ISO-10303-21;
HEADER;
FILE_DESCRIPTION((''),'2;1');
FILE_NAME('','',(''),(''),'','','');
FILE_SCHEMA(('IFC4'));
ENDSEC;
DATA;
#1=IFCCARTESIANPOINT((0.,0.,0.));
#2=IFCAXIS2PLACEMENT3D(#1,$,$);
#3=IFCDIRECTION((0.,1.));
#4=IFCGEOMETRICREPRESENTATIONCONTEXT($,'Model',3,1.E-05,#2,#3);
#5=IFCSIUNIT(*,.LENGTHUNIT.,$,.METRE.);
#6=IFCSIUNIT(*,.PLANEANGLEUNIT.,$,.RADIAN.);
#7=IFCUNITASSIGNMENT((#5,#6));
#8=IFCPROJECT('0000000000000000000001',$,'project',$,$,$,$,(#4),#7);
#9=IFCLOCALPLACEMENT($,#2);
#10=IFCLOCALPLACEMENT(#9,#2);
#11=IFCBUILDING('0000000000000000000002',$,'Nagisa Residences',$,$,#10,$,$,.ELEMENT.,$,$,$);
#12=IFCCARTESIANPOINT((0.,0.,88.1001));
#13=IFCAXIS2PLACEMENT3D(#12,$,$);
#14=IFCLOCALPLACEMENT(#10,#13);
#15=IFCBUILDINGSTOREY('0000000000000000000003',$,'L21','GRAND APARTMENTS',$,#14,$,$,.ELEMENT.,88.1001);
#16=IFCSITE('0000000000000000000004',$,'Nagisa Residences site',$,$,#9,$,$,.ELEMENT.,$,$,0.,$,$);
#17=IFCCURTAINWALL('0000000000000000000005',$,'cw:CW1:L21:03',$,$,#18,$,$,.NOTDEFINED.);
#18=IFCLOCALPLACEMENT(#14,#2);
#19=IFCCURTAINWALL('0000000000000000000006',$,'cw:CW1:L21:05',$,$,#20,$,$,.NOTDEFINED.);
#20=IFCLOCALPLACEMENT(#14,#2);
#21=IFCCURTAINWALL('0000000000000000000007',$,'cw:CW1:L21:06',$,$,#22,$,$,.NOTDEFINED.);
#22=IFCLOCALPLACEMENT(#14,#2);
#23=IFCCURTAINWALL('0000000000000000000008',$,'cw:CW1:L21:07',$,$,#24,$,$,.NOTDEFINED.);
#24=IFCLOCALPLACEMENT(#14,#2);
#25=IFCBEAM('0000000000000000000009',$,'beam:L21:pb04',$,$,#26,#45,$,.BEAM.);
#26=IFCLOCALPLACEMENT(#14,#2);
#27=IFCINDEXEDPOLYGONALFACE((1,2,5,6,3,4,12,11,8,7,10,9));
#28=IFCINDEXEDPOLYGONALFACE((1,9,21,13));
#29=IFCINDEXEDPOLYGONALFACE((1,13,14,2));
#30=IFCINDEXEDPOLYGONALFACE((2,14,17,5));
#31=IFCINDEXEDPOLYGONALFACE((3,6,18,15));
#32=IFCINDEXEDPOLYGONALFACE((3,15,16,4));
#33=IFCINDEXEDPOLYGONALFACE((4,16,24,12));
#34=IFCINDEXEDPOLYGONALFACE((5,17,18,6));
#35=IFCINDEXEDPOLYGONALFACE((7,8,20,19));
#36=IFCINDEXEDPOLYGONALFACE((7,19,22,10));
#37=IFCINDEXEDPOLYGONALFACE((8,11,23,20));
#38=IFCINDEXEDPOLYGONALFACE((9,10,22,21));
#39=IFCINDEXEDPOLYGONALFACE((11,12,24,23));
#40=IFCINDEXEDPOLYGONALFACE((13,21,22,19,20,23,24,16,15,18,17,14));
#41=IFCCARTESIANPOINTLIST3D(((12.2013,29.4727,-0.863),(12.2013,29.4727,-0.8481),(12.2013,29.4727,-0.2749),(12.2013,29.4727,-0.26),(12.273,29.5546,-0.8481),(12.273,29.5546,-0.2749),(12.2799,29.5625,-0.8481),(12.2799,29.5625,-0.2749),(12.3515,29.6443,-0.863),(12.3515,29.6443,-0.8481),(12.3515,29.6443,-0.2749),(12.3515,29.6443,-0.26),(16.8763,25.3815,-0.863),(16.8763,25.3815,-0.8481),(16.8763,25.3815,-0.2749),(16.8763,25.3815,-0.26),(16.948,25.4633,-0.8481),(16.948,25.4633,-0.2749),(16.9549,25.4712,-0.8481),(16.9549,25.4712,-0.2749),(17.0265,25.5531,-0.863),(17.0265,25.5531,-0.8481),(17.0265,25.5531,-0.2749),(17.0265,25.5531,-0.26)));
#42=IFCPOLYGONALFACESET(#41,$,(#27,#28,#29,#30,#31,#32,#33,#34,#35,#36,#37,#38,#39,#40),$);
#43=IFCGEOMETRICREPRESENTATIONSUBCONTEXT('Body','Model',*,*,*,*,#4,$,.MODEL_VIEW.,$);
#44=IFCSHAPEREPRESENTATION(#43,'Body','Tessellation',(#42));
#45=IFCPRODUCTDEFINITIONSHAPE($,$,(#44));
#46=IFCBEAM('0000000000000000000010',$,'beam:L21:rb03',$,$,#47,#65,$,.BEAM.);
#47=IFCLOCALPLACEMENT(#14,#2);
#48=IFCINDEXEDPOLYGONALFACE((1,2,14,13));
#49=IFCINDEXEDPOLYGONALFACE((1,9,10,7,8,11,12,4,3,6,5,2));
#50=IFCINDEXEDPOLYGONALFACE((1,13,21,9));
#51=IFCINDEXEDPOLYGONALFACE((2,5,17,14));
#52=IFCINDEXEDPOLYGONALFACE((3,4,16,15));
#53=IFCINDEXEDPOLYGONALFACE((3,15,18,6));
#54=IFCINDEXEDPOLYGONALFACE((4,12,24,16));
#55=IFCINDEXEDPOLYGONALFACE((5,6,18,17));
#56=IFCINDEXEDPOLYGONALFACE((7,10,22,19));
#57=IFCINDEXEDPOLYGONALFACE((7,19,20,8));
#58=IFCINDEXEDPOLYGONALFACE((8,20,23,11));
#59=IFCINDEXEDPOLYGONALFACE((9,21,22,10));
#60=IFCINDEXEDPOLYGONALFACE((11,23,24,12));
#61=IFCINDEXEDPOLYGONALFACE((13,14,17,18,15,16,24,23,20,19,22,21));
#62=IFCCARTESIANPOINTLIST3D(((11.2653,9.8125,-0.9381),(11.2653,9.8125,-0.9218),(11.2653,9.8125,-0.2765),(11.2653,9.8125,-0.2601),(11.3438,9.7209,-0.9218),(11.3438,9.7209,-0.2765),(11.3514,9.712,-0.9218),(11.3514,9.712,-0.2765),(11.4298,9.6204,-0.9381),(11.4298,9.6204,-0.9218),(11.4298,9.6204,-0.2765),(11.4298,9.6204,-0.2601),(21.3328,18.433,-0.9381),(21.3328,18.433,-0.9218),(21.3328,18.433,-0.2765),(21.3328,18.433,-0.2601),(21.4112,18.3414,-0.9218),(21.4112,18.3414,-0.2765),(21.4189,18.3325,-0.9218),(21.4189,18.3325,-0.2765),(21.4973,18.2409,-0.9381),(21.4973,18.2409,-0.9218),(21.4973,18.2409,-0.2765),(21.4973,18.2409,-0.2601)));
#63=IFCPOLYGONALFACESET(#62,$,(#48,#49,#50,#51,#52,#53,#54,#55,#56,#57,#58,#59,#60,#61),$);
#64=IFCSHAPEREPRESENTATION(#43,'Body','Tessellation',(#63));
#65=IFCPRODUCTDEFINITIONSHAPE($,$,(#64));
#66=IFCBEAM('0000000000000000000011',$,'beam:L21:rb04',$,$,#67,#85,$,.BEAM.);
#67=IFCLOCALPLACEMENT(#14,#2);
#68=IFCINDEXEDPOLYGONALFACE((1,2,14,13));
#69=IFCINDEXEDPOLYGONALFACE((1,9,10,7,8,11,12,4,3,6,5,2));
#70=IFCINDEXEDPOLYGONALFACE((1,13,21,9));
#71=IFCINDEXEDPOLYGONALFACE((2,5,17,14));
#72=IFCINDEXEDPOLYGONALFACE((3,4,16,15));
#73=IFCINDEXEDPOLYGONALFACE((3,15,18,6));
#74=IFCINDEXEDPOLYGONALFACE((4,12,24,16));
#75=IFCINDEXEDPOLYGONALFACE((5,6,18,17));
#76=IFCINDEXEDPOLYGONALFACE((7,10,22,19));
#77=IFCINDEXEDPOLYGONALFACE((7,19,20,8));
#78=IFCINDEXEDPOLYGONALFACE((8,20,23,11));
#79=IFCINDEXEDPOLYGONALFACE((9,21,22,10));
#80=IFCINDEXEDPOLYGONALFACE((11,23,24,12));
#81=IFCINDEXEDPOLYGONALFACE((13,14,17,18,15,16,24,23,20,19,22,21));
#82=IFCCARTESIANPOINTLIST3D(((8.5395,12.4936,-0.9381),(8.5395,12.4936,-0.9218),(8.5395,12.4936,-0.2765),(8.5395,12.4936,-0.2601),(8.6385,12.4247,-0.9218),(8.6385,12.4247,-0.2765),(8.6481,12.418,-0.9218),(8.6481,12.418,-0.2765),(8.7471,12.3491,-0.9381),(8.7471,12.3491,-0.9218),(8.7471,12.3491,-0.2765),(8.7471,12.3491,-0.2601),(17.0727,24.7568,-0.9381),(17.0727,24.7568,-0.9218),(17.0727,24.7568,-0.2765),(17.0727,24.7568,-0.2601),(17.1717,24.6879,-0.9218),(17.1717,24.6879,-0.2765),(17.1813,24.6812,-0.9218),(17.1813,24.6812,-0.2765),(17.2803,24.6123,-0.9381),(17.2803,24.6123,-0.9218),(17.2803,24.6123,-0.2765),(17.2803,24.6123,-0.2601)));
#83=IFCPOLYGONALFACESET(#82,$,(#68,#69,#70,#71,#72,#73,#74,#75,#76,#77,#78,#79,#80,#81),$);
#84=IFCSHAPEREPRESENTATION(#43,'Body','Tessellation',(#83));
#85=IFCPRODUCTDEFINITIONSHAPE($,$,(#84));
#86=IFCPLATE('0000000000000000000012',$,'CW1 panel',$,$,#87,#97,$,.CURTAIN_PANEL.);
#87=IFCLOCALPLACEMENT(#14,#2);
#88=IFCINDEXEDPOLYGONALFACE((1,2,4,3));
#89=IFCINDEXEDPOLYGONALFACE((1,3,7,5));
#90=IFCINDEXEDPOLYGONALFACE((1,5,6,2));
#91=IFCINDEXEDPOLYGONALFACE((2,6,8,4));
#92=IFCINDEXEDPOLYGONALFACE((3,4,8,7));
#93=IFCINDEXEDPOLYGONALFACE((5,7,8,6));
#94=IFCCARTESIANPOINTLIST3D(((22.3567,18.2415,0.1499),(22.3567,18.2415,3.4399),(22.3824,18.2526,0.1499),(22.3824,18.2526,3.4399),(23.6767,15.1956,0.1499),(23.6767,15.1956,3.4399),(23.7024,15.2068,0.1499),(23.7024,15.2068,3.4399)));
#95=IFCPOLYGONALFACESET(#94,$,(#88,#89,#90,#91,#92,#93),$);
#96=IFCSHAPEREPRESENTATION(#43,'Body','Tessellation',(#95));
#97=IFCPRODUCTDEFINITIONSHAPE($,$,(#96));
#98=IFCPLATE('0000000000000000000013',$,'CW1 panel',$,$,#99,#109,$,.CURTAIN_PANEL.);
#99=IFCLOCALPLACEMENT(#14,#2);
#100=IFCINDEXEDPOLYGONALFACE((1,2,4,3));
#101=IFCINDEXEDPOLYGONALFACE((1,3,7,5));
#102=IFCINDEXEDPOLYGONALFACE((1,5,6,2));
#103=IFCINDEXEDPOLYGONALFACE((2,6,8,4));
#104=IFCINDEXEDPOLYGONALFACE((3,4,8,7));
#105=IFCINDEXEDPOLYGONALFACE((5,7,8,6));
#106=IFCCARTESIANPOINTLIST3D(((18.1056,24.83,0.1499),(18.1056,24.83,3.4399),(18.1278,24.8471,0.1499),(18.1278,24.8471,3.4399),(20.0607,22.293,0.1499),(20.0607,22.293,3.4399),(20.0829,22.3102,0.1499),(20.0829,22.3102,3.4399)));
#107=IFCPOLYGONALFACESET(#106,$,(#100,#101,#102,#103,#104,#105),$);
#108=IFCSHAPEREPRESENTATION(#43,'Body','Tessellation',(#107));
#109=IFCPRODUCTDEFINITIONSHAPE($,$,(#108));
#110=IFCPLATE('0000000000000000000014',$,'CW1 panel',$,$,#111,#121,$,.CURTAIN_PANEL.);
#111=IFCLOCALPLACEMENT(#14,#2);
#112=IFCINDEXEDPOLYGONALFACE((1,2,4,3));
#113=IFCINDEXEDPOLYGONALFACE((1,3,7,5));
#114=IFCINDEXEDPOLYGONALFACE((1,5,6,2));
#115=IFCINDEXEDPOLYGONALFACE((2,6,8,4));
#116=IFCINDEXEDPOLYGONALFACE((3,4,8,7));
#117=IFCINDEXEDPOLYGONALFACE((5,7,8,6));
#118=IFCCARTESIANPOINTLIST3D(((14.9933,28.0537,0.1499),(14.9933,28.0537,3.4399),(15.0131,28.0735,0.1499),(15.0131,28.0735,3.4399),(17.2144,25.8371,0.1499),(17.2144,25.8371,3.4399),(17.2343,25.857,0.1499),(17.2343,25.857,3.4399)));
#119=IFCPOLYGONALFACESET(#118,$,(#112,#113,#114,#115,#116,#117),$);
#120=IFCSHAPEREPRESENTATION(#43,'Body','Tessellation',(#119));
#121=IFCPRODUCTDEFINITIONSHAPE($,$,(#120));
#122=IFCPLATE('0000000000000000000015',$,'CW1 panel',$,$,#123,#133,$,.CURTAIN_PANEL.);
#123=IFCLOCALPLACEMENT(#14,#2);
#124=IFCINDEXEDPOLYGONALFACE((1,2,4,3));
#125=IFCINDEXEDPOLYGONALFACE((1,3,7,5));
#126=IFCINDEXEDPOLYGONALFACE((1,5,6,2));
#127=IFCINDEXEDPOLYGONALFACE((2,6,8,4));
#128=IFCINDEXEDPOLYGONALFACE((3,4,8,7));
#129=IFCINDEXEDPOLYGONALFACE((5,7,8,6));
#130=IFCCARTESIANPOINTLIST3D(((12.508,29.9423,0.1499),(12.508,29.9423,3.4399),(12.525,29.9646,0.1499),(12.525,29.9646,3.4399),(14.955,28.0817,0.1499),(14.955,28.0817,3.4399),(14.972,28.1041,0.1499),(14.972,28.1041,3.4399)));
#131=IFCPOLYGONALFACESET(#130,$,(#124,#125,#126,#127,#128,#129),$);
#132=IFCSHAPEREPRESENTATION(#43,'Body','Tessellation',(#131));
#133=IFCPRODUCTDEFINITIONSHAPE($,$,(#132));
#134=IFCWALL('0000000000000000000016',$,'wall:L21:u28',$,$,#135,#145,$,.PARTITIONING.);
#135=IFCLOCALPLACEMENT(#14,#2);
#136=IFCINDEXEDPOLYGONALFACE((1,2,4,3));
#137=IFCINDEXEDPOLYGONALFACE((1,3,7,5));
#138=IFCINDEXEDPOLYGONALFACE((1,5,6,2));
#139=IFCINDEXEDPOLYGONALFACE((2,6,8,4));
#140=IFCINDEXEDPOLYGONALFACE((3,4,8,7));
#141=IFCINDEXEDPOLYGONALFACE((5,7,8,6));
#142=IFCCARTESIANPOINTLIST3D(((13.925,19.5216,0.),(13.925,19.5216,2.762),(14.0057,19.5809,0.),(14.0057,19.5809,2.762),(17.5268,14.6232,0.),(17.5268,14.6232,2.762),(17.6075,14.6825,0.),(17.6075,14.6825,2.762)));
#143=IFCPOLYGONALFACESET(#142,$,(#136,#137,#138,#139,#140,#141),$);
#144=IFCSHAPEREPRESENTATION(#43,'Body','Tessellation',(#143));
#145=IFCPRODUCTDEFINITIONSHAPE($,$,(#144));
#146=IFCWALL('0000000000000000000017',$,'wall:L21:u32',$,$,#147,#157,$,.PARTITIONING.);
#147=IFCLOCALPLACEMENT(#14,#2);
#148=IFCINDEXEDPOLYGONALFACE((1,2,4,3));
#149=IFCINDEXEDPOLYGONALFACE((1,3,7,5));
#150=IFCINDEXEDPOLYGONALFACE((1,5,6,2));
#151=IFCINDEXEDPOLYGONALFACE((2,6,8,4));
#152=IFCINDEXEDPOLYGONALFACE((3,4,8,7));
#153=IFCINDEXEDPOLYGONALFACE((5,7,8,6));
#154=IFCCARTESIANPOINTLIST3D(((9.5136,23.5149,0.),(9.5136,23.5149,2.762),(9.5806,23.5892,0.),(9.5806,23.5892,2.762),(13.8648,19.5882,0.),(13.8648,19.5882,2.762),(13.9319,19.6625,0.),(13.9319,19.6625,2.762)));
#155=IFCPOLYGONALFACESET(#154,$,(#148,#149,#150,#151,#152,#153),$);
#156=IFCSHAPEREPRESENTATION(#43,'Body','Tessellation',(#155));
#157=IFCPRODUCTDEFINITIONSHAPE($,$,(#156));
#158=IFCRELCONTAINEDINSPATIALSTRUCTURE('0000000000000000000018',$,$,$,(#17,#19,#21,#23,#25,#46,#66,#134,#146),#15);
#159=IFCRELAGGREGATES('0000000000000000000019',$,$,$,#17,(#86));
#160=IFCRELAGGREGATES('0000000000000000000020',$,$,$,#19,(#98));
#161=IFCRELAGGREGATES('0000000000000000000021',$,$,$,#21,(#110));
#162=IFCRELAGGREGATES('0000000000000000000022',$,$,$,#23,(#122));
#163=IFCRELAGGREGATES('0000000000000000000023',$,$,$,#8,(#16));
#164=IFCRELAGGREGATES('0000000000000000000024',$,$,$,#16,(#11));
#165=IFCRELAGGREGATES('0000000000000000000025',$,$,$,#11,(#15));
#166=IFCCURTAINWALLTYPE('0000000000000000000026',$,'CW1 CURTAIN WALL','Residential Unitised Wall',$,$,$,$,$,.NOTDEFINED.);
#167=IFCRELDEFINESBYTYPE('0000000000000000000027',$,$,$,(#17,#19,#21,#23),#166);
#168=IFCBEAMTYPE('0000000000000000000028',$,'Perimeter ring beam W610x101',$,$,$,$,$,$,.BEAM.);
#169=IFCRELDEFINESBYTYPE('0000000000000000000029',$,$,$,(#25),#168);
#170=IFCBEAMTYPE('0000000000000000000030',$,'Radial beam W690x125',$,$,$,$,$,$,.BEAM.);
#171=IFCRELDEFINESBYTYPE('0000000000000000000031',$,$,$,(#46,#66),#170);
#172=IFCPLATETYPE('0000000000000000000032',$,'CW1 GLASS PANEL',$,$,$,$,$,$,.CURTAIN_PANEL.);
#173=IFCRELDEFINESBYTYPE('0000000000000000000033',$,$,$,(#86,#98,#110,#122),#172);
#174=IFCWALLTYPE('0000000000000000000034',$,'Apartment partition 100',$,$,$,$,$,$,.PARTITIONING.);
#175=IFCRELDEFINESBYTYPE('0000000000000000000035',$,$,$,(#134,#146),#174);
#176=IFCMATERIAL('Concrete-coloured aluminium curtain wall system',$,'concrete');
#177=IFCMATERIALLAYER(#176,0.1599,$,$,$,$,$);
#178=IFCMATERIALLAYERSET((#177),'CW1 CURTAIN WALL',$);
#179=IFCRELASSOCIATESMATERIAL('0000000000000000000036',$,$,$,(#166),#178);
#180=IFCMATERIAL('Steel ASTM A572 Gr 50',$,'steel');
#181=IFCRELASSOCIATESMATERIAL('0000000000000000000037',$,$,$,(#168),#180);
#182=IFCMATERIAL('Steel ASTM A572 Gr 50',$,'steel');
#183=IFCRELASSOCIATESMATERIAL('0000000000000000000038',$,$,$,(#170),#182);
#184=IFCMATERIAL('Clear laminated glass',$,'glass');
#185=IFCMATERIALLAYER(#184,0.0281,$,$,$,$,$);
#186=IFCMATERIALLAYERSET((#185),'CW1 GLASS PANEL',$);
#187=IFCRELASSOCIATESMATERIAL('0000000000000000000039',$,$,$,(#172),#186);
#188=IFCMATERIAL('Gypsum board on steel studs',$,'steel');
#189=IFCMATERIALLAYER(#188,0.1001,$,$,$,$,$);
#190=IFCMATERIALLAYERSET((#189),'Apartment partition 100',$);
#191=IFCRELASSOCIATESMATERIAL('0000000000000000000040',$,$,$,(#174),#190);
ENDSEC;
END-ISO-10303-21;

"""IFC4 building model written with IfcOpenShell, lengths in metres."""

from ifc_helpers import new_model, si_unit, direction, frame, frame_2d, origin, origin_2d, place, context, subcontext, project, spatial, rectangle, i_section, extrude, material, layer, layer_set, material_profile, profile_set, type_object, element, aggregate, save


model = new_model("IFC4")

# Units and contexts
model_context = context("Model", 3, precision=1e-05, world=origin(), true_north=direction((0.0, 1.0)))
body_context = subcontext(model_context, "Body", "Model", "MODEL_VIEW")
ifc_project = project(units=[si_unit("LENGTHUNIT", "METRE"), si_unit("PLANEANGLEUNIT", "RADIAN")], contexts=[model_context])

# Site, building, storey
site_placement = place(None, origin())
site = spatial("IfcSite", under=ifc_project, at=site_placement, Name="Nagisa Residences site", CompositionType="ELEMENT", RefElevation=0.0)
building_placement = place(site_placement, origin())
building = spatial("IfcBuilding", under=site, at=building_placement, Name="Nagisa Residences", CompositionType="ELEMENT")
storey_placement = place(building_placement, frame((0.0, 0.0, 88.1001)))
storey = spatial("IfcBuildingStorey", under=building, at=storey_placement, Name="L21", Description="GRAND APARTMENTS", CompositionType="ELEMENT", Elevation=88.1001)

# Curtain walls
ifc_material_1 = material(Name="Concrete-coloured aluminium curtain wall system", Category="concrete")
ifc_layer_1 = layer(ifc_material_1, 0.1599)
ifc_layer_set_1 = layer_set([ifc_layer_1], Name="CW1 CURTAIN WALL")
curtain_wall_type = type_object("IfcCurtainWallType", Name="CW1 CURTAIN WALL", Description="Residential Unitised Wall", PredefinedType="NOTDEFINED", material=ifc_layer_set_1)
curtain_wall_1_placement = place(storey_placement, origin())
curtain_wall_1 = element("IfcCurtainWall", 1, at=curtain_wall_1_placement, inside=storey, type_object=curtain_wall_type, Name="cw:CW1:L21:03", PredefinedType="NOTDEFINED")
curtain_wall_2_placement = place(storey_placement, origin())
curtain_wall_2 = element("IfcCurtainWall", 2, at=curtain_wall_2_placement, inside=storey, type_object=curtain_wall_type, Name="cw:CW1:L21:05", PredefinedType="NOTDEFINED")
curtain_wall_3_placement = place(storey_placement, origin())
curtain_wall_3 = element("IfcCurtainWall", 3, at=curtain_wall_3_placement, inside=storey, type_object=curtain_wall_type, Name="cw:CW1:L21:06", PredefinedType="NOTDEFINED")
curtain_wall_4_placement = place(storey_placement, origin())
curtain_wall_4 = element("IfcCurtainWall", 4, at=curtain_wall_4_placement, inside=storey, type_object=curtain_wall_type, Name="cw:CW1:L21:07", PredefinedType="NOTDEFINED")

# Beams
ifc_material_2 = material(Name="Steel ASTM A572 Gr 50", Category="steel")
ifc_material_profile_1 = material_profile(ifc_material_2, i_section(OverallWidth=0.228, OverallDepth=0.603, WebThickness=0.0105, FlangeThickness=0.0149, at=origin_2d()), Name="W610x101")
ifc_profile_set_1 = profile_set([ifc_material_profile_1], Name="Steel ASTM A572 Gr 50")
beam_type_1 = type_object("IfcBeamType", Name="Perimeter ring beam W610x101", PredefinedType="BEAM", material=ifc_profile_set_1)
beam_1_placement = place(storey_placement, frame((16.9514, 25.4673, -0.5615), z_axis=(-0.752526, 0.658563, 0.0), x_axis=(-0.658563, -0.752526, 0.0)))
element("IfcBeam", 5, at=beam_1_placement, inside=storey, type_object=beam_type_1, Name="beam:L21:pb04", PredefinedType="BEAM", context=body_context, shape_type="SweptSolid", body=[
    extrude(i_section(OverallWidth=0.228, OverallDepth=0.603, WebThickness=0.0105, FlangeThickness=0.0149, at=origin_2d()), origin(), (0.0, 0.0, 1.0), 6.2124),
])
ifc_material_3 = material(Name="Steel ASTM A572 Gr 50", Category="steel")
ifc_material_profile_2 = material_profile(ifc_material_3, i_section(OverallWidth=0.2529, OverallDepth=0.678, WebThickness=0.0117, FlangeThickness=0.0164, at=origin_2d()), Name="W690x125")
ifc_profile_set_2 = profile_set([ifc_material_profile_2], Name="Steel ASTM A572 Gr 50")
beam_type_2 = type_object("IfcBeamType", Name="Radial beam W690x125", PredefinedType="BEAM", material=ifc_profile_set_2)
beam_2_placement = place(storey_placement, frame((21.415, 18.3369, -0.5991), z_axis=(-0.759585, -0.650407, 0.0), x_axis=(0.650407, -0.759585, 0.0)))
element("IfcBeam", 6, at=beam_2_placement, inside=storey, type_object=beam_type_2, Name="beam:L21:rb03", PredefinedType="BEAM", context=body_context, shape_type="SweptSolid", body=[
    extrude(i_section(OverallWidth=0.2529, OverallDepth=0.678, WebThickness=0.0117, FlangeThickness=0.0164, at=origin_2d()), origin(), (0.0, 0.0, 1.0), 13.2539),
])
beam_3_placement = place(storey_placement, frame((17.1765, 24.6846, -0.5991), z_axis=(-0.571168, -0.820833, 0.0), x_axis=(0.820833, -0.571168, 0.0)))
element("IfcBeam", 7, at=beam_3_placement, inside=storey, type_object=beam_type_2, Name="beam:L21:rb04", PredefinedType="BEAM", context=body_context, shape_type="SweptSolid", body=[
    extrude(i_section(OverallWidth=0.2529, OverallDepth=0.678, WebThickness=0.0117, FlangeThickness=0.0164, at=origin_2d()), origin(), (0.0, 0.0, 1.0), 14.9399),
])

# Plates
ifc_material_4 = material(Name="Clear laminated glass", Category="glass")
ifc_layer_2 = layer(ifc_material_4, 0.0281)
ifc_layer_set_2 = layer_set([ifc_layer_2], Name="CW1 GLASS PANEL")
plate_type = type_object("IfcPlateType", Name="CW1 GLASS PANEL", PredefinedType="CURTAIN_PANEL", material=ifc_layer_set_2)
plate_1_placement = place(storey_placement, frame((23.0295, 16.7241, 0.1499), z_axis=(0.0, 0.0, 1.0), x_axis=(-0.397636, 0.917543, 0.0)))
plate_1 = element("IfcPlate", 8, at=plate_1_placement, type_object=plate_type, Name="CW1 panel", PredefinedType="CURTAIN_PANEL", context=body_context, shape_type="SweptSolid", body=[
    extrude(rectangle(XDim=3.3196, YDim=0.0281, at=origin_2d()), origin(), (0.0, 0.0, 1.0), 3.29),
])
aggregate(curtain_wall_1, [plate_1])
plate_2_placement = place(storey_placement, frame((19.0942, 23.5701, 0.1499), z_axis=(0.0, 0.0, 1.0), x_axis=(-0.61043, 0.79207, 0.0)))
plate_2 = element("IfcPlate", 9, at=plate_2_placement, type_object=plate_type, Name="CW1 panel", PredefinedType="CURTAIN_PANEL", context=body_context, shape_type="SweptSolid", body=[
    extrude(rectangle(XDim=3.2029, YDim=0.0281, at=origin_2d()), origin(), (0.0, 0.0, 1.0), 3.29),
])
aggregate(curtain_wall_2, [plate_2])
plate_3_placement = place(storey_placement, frame((16.1138, 26.9553, 0.1499), z_axis=(0.0, 0.0, 1.0), x_axis=(-0.707836, 0.706377, 0.0)))
plate_3 = element("IfcPlate", 10, at=plate_3_placement, type_object=plate_type, Name="CW1 panel", PredefinedType="CURTAIN_PANEL", context=body_context, shape_type="SweptSolid", body=[
    extrude(rectangle(XDim=3.1379, YDim=0.0281, at=origin_2d()), origin(), (0.0, 0.0, 1.0), 3.29),
])
aggregate(curtain_wall_3, [plate_3])
plate_4_placement = place(storey_placement, frame((13.74, 29.0232, 0.1499), z_axis=(0.0, 0.0, 1.0), x_axis=(-0.796031, 0.605255, 0.0)))
plate_4 = element("IfcPlate", 11, at=plate_4_placement, type_object=plate_type, Name="CW1 panel", PredefinedType="CURTAIN_PANEL", context=body_context, shape_type="SweptSolid", body=[
    extrude(rectangle(XDim=3.074, YDim=0.0281, at=origin_2d()), origin(), (0.0, 0.0, 1.0), 3.29),
])
aggregate(curtain_wall_4, [plate_4])

# Walls
ifc_material_5 = material(Name="Gypsum board on steel studs", Category="steel")
ifc_layer_3 = layer(ifc_material_5, 0.1001)
ifc_layer_set_3 = layer_set([ifc_layer_3], Name="Apartment partition 100")
wall_type_1 = type_object("IfcWallType", Name="Apartment partition 100", PredefinedType="PARTITIONING", material=ifc_layer_set_3)
wall_1_placement = place(storey_placement, frame((17.5671, 14.6528, 0.0), z_axis=(0.0, 0.0, 1.0), x_axis=(-0.592392, 0.80565, 0.0)))
element("IfcWall", 12, at=wall_1_placement, inside=storey, type_object=wall_type_1, Name="wall:L21:u28", PredefinedType="PARTITIONING", context=body_context, shape_type="SweptSolid", body=[
    extrude(rectangle(XDim=6.0801, YDim=0.1001, at=frame_2d((3.04, 0.0))), origin(), (0.0, 0.0, 1.0), 2.762),
])
wall_2_placement = place(storey_placement, frame((13.8984, 19.6252, 0.0), z_axis=(0.0, 0.0, 1.0), x_axis=(-0.742397, 0.669961, 0.0)))
element("IfcWall", 13, at=wall_2_placement, inside=storey, type_object=wall_type_1, Name="wall:L21:u32", PredefinedType="PARTITIONING", context=body_context, shape_type="SweptSolid", body=[
    extrude(rectangle(XDim=5.8611, YDim=0.1001, at=frame_2d((2.9307, 0.0))), origin(), (0.0, 0.0, 1.0), 2.762),
])

save(model, "model.ifc")
